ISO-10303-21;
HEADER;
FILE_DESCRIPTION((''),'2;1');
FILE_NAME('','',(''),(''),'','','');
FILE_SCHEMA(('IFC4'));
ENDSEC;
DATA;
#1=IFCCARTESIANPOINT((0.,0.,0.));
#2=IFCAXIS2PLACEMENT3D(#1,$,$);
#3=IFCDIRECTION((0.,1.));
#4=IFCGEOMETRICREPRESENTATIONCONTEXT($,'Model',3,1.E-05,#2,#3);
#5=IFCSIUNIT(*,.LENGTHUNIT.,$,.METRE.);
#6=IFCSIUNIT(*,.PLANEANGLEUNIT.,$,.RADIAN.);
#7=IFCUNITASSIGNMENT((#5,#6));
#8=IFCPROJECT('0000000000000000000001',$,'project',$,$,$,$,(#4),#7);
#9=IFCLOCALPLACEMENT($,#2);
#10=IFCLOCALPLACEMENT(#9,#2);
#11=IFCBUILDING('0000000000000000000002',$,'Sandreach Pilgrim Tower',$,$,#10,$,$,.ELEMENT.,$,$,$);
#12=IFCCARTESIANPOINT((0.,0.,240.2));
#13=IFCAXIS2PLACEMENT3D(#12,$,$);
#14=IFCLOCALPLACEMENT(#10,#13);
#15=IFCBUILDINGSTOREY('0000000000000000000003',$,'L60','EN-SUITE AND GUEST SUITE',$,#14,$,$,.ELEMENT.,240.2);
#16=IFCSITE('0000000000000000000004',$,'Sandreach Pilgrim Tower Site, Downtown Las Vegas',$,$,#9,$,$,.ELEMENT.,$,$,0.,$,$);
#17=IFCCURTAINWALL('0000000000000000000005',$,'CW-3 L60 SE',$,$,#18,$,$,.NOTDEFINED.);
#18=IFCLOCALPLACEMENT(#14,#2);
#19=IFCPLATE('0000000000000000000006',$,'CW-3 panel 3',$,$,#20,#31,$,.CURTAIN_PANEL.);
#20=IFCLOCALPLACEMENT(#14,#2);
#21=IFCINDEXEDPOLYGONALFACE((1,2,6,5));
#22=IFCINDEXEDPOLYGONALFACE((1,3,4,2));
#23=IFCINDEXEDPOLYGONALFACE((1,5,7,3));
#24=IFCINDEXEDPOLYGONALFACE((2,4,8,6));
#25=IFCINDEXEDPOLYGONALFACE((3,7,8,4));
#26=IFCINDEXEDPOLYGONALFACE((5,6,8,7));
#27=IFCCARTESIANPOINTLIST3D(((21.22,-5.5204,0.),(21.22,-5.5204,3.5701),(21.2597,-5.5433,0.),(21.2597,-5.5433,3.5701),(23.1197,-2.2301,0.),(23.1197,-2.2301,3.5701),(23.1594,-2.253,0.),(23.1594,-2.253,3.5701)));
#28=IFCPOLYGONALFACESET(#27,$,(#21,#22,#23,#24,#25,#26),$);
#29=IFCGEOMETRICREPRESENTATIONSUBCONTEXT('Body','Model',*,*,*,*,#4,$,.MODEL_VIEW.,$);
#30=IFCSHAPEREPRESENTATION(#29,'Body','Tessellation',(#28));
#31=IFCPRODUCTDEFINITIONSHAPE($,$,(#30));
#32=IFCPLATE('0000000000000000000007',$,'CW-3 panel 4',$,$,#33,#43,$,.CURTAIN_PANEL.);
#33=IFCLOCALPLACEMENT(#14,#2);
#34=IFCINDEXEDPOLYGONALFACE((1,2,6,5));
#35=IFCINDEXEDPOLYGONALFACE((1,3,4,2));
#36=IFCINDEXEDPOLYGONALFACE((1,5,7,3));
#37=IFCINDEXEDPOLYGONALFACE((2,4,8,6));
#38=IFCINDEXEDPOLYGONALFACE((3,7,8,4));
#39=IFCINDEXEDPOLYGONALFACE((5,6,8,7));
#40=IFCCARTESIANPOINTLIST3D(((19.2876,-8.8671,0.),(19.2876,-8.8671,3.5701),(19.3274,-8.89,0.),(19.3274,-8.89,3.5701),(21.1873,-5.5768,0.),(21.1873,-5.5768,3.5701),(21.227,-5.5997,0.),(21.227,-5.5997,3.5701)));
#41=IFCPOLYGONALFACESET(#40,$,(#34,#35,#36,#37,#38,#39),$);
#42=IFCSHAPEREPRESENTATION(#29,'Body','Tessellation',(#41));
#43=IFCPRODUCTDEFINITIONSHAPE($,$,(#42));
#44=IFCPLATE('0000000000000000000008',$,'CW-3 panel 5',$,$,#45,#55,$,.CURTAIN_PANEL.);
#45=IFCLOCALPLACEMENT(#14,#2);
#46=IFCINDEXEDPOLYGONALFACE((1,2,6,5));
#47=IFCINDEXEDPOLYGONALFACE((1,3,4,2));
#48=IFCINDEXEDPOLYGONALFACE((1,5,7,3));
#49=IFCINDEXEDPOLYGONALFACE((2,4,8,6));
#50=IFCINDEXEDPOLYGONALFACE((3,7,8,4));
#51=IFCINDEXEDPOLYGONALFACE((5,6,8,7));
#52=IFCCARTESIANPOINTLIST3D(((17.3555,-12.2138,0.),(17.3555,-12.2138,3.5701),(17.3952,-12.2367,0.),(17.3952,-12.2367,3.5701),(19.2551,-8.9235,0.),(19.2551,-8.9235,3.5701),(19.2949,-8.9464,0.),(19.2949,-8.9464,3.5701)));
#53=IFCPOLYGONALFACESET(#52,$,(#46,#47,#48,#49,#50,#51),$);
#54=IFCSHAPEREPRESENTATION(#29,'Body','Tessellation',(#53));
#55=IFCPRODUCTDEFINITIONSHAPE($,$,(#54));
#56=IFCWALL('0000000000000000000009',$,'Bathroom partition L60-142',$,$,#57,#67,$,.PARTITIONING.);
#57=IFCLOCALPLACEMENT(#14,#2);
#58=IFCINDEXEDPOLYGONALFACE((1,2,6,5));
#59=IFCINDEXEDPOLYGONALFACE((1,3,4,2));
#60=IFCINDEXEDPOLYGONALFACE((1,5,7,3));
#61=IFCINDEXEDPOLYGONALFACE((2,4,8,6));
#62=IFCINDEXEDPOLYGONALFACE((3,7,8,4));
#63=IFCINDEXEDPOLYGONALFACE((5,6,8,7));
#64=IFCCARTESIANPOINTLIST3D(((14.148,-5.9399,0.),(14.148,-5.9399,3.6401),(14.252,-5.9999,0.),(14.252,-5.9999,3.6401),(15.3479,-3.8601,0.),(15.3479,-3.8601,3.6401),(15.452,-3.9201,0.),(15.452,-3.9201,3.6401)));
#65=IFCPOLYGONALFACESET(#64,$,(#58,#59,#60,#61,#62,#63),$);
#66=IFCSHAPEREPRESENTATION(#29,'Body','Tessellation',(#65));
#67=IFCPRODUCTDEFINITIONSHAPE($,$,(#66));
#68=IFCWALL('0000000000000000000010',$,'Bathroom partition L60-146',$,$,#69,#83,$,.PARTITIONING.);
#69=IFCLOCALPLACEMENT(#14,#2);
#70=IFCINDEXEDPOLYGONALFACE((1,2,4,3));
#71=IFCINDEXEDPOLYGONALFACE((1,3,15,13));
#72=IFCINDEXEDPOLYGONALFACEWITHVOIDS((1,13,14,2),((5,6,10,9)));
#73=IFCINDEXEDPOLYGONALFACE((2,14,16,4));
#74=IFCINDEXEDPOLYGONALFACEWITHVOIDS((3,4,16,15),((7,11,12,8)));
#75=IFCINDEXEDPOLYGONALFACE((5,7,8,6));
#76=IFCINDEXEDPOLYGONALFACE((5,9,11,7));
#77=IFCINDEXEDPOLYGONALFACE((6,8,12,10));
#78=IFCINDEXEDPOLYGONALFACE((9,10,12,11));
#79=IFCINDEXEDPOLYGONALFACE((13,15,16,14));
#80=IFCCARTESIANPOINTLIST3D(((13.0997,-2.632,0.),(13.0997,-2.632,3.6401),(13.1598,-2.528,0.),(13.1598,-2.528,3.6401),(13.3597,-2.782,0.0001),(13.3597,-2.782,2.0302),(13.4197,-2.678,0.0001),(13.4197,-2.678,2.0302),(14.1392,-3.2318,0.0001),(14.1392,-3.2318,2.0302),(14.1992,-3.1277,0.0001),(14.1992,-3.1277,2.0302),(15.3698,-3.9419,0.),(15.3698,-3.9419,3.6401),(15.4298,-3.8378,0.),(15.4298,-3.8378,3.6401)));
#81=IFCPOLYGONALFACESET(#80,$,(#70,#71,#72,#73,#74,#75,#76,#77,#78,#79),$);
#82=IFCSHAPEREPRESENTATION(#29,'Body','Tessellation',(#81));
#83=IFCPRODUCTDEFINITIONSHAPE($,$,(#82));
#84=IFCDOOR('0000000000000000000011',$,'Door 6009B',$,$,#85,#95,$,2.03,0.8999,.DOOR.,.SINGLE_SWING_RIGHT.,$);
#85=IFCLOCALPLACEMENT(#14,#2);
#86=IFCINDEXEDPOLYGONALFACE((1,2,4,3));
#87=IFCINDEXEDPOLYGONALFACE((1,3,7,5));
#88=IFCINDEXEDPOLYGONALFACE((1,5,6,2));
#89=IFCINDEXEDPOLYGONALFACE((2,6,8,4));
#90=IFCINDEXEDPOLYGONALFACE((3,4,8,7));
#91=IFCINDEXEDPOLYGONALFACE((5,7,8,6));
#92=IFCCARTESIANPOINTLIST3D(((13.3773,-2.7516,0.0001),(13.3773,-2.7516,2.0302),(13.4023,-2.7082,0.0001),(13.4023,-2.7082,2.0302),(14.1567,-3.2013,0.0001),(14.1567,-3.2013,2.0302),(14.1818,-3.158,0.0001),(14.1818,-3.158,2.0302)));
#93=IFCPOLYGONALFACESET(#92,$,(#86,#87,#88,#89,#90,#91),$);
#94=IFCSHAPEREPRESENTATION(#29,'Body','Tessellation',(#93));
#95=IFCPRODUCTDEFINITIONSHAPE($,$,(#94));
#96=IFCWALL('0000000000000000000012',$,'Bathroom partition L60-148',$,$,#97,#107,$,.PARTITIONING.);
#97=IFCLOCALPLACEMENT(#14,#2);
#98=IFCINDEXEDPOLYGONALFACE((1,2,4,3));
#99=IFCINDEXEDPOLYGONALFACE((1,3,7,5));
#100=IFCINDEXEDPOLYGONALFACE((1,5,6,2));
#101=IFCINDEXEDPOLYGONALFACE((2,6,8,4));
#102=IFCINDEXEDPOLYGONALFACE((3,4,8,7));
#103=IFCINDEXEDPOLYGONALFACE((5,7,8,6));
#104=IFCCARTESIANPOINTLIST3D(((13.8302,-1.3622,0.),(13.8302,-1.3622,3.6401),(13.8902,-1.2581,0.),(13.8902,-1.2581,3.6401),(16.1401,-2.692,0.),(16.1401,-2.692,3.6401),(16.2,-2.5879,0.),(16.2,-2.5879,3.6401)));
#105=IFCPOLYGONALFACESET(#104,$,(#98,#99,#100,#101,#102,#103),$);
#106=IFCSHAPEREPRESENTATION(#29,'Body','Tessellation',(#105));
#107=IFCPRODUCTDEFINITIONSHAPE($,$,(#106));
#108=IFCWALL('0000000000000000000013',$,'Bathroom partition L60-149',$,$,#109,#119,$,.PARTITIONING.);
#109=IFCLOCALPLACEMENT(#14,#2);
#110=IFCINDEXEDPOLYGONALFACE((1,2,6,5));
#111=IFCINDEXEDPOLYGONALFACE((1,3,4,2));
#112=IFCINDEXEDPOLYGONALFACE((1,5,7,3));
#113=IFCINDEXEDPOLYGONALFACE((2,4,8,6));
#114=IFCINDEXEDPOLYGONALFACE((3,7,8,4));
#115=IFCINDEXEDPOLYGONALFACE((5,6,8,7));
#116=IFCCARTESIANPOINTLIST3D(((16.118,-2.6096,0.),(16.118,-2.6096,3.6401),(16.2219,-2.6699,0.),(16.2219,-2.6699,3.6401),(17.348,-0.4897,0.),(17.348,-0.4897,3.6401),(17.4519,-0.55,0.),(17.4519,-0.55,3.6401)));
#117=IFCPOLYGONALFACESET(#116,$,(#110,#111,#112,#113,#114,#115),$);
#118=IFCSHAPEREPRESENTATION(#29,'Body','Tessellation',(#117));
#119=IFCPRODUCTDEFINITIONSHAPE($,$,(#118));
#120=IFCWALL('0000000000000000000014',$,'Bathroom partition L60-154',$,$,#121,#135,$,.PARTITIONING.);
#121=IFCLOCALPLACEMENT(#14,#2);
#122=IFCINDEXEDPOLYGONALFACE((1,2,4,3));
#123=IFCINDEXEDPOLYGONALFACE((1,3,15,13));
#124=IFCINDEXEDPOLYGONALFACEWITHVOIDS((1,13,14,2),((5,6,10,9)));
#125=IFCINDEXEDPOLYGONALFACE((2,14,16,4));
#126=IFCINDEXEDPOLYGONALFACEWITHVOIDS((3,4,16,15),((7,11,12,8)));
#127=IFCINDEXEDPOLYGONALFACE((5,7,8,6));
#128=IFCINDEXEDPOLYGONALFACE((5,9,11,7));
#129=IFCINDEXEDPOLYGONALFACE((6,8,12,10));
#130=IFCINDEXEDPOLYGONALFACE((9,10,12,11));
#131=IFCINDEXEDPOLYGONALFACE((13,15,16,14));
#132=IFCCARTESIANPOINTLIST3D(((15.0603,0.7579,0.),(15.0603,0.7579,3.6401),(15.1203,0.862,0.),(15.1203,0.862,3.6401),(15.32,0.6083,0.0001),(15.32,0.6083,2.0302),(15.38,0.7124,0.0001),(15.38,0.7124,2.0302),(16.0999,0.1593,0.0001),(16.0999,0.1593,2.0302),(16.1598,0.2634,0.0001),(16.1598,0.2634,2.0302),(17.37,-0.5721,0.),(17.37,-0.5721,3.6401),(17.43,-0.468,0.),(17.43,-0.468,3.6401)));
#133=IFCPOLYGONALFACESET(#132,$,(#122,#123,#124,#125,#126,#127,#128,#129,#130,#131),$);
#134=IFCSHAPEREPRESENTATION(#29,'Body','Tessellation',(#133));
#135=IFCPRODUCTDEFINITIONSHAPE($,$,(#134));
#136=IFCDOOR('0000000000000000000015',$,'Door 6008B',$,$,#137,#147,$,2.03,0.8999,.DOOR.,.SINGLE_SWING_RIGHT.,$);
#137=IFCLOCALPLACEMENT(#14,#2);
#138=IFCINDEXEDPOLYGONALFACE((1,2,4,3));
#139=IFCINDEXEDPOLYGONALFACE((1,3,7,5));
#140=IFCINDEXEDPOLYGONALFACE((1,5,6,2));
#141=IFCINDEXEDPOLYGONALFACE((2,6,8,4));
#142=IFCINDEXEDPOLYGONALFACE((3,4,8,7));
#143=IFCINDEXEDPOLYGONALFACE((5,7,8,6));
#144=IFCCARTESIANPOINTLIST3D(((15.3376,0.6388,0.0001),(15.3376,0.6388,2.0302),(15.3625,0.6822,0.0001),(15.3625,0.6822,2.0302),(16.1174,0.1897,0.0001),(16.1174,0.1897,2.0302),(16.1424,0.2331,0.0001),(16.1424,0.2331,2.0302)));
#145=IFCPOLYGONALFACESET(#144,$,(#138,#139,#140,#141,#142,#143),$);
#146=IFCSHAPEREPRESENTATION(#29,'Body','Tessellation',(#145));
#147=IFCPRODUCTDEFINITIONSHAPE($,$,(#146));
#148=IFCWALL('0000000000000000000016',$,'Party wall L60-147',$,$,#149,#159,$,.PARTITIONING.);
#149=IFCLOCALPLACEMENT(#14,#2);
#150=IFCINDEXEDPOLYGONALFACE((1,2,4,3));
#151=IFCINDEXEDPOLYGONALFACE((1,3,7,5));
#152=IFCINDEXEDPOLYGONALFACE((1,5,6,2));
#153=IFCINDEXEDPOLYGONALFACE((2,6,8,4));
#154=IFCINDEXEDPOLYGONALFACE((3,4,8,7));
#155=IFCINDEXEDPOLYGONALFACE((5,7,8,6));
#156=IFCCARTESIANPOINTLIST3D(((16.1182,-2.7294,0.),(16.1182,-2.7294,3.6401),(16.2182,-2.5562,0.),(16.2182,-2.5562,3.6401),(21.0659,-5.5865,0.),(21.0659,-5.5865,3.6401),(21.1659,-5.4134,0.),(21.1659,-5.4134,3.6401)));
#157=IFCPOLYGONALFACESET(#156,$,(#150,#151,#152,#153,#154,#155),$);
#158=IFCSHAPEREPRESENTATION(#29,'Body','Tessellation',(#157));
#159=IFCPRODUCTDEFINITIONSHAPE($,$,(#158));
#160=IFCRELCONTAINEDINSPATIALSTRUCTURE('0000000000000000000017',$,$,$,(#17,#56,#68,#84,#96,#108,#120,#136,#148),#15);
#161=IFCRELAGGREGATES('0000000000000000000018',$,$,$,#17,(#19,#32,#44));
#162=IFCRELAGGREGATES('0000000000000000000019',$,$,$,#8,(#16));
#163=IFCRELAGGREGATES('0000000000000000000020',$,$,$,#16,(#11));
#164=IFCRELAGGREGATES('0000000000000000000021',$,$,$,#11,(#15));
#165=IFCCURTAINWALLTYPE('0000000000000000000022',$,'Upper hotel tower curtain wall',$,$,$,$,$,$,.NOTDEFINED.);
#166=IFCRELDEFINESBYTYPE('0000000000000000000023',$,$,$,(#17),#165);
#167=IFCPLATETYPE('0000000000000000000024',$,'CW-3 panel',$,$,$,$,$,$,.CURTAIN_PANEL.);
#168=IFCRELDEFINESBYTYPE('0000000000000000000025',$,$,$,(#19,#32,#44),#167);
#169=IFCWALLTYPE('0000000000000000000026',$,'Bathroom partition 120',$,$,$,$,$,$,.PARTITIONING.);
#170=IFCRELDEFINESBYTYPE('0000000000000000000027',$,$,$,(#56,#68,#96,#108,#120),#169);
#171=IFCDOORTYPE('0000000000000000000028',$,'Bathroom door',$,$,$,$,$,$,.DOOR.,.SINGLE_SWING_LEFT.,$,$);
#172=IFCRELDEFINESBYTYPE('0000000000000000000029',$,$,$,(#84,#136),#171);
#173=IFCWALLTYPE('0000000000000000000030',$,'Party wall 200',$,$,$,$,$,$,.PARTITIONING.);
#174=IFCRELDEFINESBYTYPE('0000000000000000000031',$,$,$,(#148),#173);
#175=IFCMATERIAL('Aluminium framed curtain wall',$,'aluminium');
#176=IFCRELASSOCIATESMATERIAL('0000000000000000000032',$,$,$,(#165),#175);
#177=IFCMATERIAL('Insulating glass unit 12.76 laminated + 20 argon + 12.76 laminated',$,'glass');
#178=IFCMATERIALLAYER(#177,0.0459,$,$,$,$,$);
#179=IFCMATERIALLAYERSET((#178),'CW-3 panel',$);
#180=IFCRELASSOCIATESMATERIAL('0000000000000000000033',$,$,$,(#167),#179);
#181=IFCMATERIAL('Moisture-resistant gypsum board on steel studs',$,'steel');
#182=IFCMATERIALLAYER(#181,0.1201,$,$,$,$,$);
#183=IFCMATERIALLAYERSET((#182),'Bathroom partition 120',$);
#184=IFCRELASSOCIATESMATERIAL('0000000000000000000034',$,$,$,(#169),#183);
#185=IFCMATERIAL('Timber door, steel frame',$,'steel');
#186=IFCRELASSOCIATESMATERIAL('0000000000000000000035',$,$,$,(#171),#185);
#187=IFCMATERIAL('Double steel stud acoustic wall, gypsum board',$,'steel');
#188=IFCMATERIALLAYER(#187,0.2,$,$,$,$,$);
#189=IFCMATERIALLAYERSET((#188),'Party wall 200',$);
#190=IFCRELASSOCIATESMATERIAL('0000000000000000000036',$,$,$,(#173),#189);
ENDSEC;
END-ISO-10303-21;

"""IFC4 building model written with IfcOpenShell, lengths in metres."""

from ifc_helpers import new_model, si_unit, direction, frame, frame_2d, origin, origin_2d, place, context, subcontext, project, spatial, rectangle, extrude, material, layer, layer_set, type_object, element, fill, aggregate, save


model = new_model("IFC4")

# Units and contexts
model_context = context("Model", 3, precision=1e-05, world=origin(), true_north=direction((0.0, 1.0)))
body_context = subcontext(model_context, "Body", "Model", "MODEL_VIEW")
ifc_project = project(units=[si_unit("LENGTHUNIT", "METRE"), si_unit("PLANEANGLEUNIT", "RADIAN")], contexts=[model_context])

# Site, building, storey
site_placement = place(None, origin())
site = spatial("IfcSite", under=ifc_project, at=site_placement, Name="Sandreach Pilgrim Tower Site, Downtown Las Vegas", CompositionType="ELEMENT", RefElevation=0.0)
building_placement = place(site_placement, origin())
building = spatial("IfcBuilding", under=site, at=building_placement, Name="Sandreach Pilgrim Tower", CompositionType="ELEMENT")
storey_placement = place(building_placement, frame((0.0, 0.0, 240.2)))
storey = spatial("IfcBuildingStorey", under=building, at=storey_placement, Name="L60", Description="EN-SUITE AND GUEST SUITE", CompositionType="ELEMENT", Elevation=240.2)

# Curtain wall
ifc_material_1 = material(Name="Aluminium framed curtain wall", Category="aluminium")
curtain_wall_type = type_object("IfcCurtainWallType", Name="Upper hotel tower curtain wall", PredefinedType="NOTDEFINED", material=ifc_material_1)
curtain_wall_placement = place(storey_placement, origin())
curtain_wall = element("IfcCurtainWall", 1, at=curtain_wall_placement, inside=storey, type_object=curtain_wall_type, Name="CW-3 L60 SE", PredefinedType="NOTDEFINED")

# Plates
ifc_material_2 = material(Name="Insulating glass unit 12.76 laminated + 20 argon + 12.76 laminated", Category="glass")
ifc_layer_1 = layer(ifc_material_2, 0.0459)
ifc_layer_set_1 = layer_set([ifc_layer_1], Name="CW-3 panel")
plate_type = type_object("IfcPlateType", Name="CW-3 panel", PredefinedType="CURTAIN_PANEL", material=ifc_layer_set_1)
plate_1_placement = place(storey_placement, frame((22.1897, -3.8867, 0.0), z_axis=(0.0, 0.0, 1.0), x_axis=(-0.5, -0.866025, 0.0)))
plate_1 = element("IfcPlate", 2, at=plate_1_placement, type_object=plate_type, Name="CW-3 panel 3", PredefinedType="CURTAIN_PANEL", context=body_context, shape_type="SweptSolid", body=[
    extrude(rectangle(XDim=3.7993, YDim=0.0459, at=origin_2d()), origin(), (0.0, 0.0, 1.0), 3.5701),
])
plate_2_placement = place(storey_placement, frame((20.2573, -7.2334, 0.0), z_axis=(0.0, 0.0, 1.0), x_axis=(-0.5, -0.866025, 0.0)))
plate_2 = element("IfcPlate", 3, at=plate_2_placement, type_object=plate_type, Name="CW-3 panel 4", PredefinedType="CURTAIN_PANEL", context=body_context, shape_type="SweptSolid", body=[
    extrude(rectangle(XDim=3.7993, YDim=0.0459, at=origin_2d()), origin(), (0.0, 0.0, 1.0), 3.5701),
])
plate_3_placement = place(storey_placement, frame((18.3252, -10.5801, 0.0), z_axis=(0.0, 0.0, 1.0), x_axis=(-0.5, -0.866025, 0.0)))
plate_3 = element("IfcPlate", 4, at=plate_3_placement, type_object=plate_type, Name="CW-3 panel 5", PredefinedType="CURTAIN_PANEL", context=body_context, shape_type="SweptSolid", body=[
    extrude(rectangle(XDim=3.7993, YDim=0.0459, at=origin_2d()), origin(), (0.0, 0.0, 1.0), 3.5701),
])
aggregate(curtain_wall, [plate_1, plate_2, plate_3])

# Wall
ifc_material_3 = material(Name="Moisture-resistant gypsum board on steel studs", Category="steel")
ifc_layer_2 = layer(ifc_material_3, 0.1201)
ifc_layer_set_2 = layer_set([ifc_layer_2], Name="Bathroom partition 120")
wall_type_1 = type_object("IfcWallType", Name="Bathroom partition 120", PredefinedType="PARTITIONING", material=ifc_layer_set_2)
wall_1_placement = place(storey_placement, frame((14.2, -5.97, 0.0), z_axis=(0.0, 0.0, 1.0), x_axis=(0.499737, 0.866177, 0.0)))
element("IfcWall", 5, at=wall_1_placement, inside=storey, type_object=wall_type_1, Name="Bathroom partition L60-142", PredefinedType="PARTITIONING", context=body_context, shape_type="SweptSolid", body=[
    extrude(rectangle(XDim=2.4011, YDim=0.1201, at=frame_2d((1.2007, 0.0))), origin(), (0.0, 0.0, 1.0), 3.6401),
])

# Wall, opening, door
wall_2_placement = place(storey_placement, frame((15.3999, -3.8899, 0.0), z_axis=(0.0, 0.0, 1.0), x_axis=(-0.866155, 0.499776, 0.0)))
wall_2 = element("IfcWall", 6, at=wall_2_placement, inside=storey, type_object=wall_type_1, Name="Bathroom partition L60-146", PredefinedType="PARTITIONING", context=body_context, shape_type="SweptSolid", body=[
    extrude(rectangle(XDim=2.6208, YDim=0.1201, at=frame_2d((1.3105, 0.0))), origin(), (0.0, 0.0, 1.0), 3.6401),
])
opening_1_placement = place(wall_2_placement, frame((1.4209, 0.0, 0.0)))
opening_1 = element("IfcOpeningElement", 7, at=opening_1_placement, cuts=wall_2, PredefinedType="OPENING", context=body_context, shape_type="SweptSolid", body=[
    extrude(rectangle(XDim=0.8999, YDim=2.03, at=frame_2d((0.45, 1.0151))), frame((0.0, 0.0601, 0.0), z_axis=(0.0, -1.0, 0.0), x_axis=(1.0, 0.0, 0.0)), (0.0, 0.0, 1.0), 0.1201),
])
ifc_material_4 = material(Name="Timber door, steel frame", Category="steel")
door_type = type_object("IfcDoorType", Name="Bathroom door", OperationType="SINGLE_SWING_LEFT", PredefinedType="DOOR", material=ifc_material_4)
door_1_placement = place(opening_1_placement, origin())
door_1 = element("IfcDoor", 8, at=door_1_placement, inside=storey, type_object=door_type, Name="Door 6009B", OperationType="SINGLE_SWING_RIGHT", OverallHeight=2.03, OverallWidth=0.8999, PredefinedType="DOOR", context=body_context, shape_type="SweptSolid", body=[
    extrude(rectangle(XDim=0.8999, YDim=2.03, at=frame_2d((0.45, 1.0151))), frame((0.0, 0.0249, 0.0), z_axis=(0.0, -1.0, 0.0), x_axis=(1.0, 0.0, 0.0)), (0.0, 0.0, 1.0), 0.05),
])
fill(opening_1, door_1)

# Walls
wall_3_placement = place(storey_placement, frame((16.1699, -2.6399, 0.0), z_axis=(0.0, 0.0, 1.0), x_axis=(-0.866632, 0.498948, 0.0)))
element("IfcWall", 9, at=wall_3_placement, inside=storey, type_object=wall_type_1, Name="Bathroom partition L60-148", PredefinedType="PARTITIONING", context=body_context, shape_type="SweptSolid", body=[
    extrude(rectangle(XDim=2.6653, YDim=0.1201, at=frame_2d((1.3325, 0.0))), origin(), (0.0, 0.0, 1.0), 3.6401),
])
wall_4_placement = place(storey_placement, frame((16.1699, -2.6399, 0.0), z_axis=(0.0, 0.0, 1.0), x_axis=(0.501857, 0.864951, 0.0)))
element("IfcWall", 10, at=wall_4_placement, inside=storey, type_object=wall_type_1, Name="Bathroom partition L60-149", PredefinedType="PARTITIONING", context=body_context, shape_type="SweptSolid", body=[
    extrude(rectangle(XDim=2.4509, YDim=0.1201, at=frame_2d((1.2256, 0.0))), origin(), (0.0, 0.0, 1.0), 3.6401),
])

# Wall, opening, door
wall_5_placement = place(storey_placement, frame((17.3999, -0.52, 0.0), z_axis=(0.0, 0.0, 1.0), x_axis=(-0.866592, 0.499017, 0.0)))
wall_5 = element("IfcWall", 11, at=wall_5_placement, inside=storey, type_object=wall_type_1, Name="Bathroom partition L60-154", PredefinedType="PARTITIONING", context=body_context, shape_type="SweptSolid", body=[
    extrude(rectangle(XDim=2.6653, YDim=0.1201, at=frame_2d((1.3325, 0.0))), origin(), (0.0, 0.0, 1.0), 3.6401),
])
opening_2_placement = place(wall_5_placement, frame((1.4656, 0.0, 0.0)))
opening_2 = element("IfcOpeningElement", 12, at=opening_2_placement, cuts=wall_5, PredefinedType="OPENING", context=body_context, shape_type="SweptSolid", body=[
    extrude(rectangle(XDim=0.8999, YDim=2.03, at=frame_2d((0.45, 1.0151))), frame((0.0, 0.0601, 0.0), z_axis=(0.0, -1.0, 0.0), x_axis=(1.0, 0.0, 0.0)), (0.0, 0.0, 1.0), 0.1201),
])
door_2_placement = place(opening_2_placement, origin())
door_2 = element("IfcDoor", 13, at=door_2_placement, inside=storey, type_object=door_type, Name="Door 6008B", OperationType="SINGLE_SWING_RIGHT", OverallHeight=2.03, OverallWidth=0.8999, PredefinedType="DOOR", context=body_context, shape_type="SweptSolid", body=[
    extrude(rectangle(XDim=0.8999, YDim=2.03, at=frame_2d((0.45, 1.0151))), frame((0.0, 0.0249, 0.0), z_axis=(0.0, -1.0, 0.0), x_axis=(1.0, 0.0, 0.0)), (0.0, 0.0, 1.0), 0.05),
])
fill(opening_2, door_2)

# Wall
ifc_material_5 = material(Name="Double steel stud acoustic wall, gypsum board", Category="steel")
ifc_layer_3 = layer(ifc_material_5, 0.2)
ifc_layer_set_3 = layer_set([ifc_layer_3], Name="Party wall 200")
wall_type_2 = type_object("IfcWallType", Name="Party wall 200", PredefinedType="PARTITIONING", material=ifc_layer_set_3)
wall_6_placement = place(storey_placement, frame((16.1682, -2.6428, 0.0), z_axis=(0.0, 0.0, 1.0), x_axis=(0.865981, -0.500078, 0.0)))
element("IfcWall", 14, at=wall_6_placement, inside=storey, type_object=wall_type_2, Name="Party wall L60-147", PredefinedType="PARTITIONING", context=body_context, shape_type="SweptSolid", body=[
    extrude(rectangle(XDim=5.7134, YDim=0.2, at=frame_2d((2.8567, 0.0))), origin(), (0.0, 0.0, 1.0), 3.6401),
])

save(model, "model.ifc")
